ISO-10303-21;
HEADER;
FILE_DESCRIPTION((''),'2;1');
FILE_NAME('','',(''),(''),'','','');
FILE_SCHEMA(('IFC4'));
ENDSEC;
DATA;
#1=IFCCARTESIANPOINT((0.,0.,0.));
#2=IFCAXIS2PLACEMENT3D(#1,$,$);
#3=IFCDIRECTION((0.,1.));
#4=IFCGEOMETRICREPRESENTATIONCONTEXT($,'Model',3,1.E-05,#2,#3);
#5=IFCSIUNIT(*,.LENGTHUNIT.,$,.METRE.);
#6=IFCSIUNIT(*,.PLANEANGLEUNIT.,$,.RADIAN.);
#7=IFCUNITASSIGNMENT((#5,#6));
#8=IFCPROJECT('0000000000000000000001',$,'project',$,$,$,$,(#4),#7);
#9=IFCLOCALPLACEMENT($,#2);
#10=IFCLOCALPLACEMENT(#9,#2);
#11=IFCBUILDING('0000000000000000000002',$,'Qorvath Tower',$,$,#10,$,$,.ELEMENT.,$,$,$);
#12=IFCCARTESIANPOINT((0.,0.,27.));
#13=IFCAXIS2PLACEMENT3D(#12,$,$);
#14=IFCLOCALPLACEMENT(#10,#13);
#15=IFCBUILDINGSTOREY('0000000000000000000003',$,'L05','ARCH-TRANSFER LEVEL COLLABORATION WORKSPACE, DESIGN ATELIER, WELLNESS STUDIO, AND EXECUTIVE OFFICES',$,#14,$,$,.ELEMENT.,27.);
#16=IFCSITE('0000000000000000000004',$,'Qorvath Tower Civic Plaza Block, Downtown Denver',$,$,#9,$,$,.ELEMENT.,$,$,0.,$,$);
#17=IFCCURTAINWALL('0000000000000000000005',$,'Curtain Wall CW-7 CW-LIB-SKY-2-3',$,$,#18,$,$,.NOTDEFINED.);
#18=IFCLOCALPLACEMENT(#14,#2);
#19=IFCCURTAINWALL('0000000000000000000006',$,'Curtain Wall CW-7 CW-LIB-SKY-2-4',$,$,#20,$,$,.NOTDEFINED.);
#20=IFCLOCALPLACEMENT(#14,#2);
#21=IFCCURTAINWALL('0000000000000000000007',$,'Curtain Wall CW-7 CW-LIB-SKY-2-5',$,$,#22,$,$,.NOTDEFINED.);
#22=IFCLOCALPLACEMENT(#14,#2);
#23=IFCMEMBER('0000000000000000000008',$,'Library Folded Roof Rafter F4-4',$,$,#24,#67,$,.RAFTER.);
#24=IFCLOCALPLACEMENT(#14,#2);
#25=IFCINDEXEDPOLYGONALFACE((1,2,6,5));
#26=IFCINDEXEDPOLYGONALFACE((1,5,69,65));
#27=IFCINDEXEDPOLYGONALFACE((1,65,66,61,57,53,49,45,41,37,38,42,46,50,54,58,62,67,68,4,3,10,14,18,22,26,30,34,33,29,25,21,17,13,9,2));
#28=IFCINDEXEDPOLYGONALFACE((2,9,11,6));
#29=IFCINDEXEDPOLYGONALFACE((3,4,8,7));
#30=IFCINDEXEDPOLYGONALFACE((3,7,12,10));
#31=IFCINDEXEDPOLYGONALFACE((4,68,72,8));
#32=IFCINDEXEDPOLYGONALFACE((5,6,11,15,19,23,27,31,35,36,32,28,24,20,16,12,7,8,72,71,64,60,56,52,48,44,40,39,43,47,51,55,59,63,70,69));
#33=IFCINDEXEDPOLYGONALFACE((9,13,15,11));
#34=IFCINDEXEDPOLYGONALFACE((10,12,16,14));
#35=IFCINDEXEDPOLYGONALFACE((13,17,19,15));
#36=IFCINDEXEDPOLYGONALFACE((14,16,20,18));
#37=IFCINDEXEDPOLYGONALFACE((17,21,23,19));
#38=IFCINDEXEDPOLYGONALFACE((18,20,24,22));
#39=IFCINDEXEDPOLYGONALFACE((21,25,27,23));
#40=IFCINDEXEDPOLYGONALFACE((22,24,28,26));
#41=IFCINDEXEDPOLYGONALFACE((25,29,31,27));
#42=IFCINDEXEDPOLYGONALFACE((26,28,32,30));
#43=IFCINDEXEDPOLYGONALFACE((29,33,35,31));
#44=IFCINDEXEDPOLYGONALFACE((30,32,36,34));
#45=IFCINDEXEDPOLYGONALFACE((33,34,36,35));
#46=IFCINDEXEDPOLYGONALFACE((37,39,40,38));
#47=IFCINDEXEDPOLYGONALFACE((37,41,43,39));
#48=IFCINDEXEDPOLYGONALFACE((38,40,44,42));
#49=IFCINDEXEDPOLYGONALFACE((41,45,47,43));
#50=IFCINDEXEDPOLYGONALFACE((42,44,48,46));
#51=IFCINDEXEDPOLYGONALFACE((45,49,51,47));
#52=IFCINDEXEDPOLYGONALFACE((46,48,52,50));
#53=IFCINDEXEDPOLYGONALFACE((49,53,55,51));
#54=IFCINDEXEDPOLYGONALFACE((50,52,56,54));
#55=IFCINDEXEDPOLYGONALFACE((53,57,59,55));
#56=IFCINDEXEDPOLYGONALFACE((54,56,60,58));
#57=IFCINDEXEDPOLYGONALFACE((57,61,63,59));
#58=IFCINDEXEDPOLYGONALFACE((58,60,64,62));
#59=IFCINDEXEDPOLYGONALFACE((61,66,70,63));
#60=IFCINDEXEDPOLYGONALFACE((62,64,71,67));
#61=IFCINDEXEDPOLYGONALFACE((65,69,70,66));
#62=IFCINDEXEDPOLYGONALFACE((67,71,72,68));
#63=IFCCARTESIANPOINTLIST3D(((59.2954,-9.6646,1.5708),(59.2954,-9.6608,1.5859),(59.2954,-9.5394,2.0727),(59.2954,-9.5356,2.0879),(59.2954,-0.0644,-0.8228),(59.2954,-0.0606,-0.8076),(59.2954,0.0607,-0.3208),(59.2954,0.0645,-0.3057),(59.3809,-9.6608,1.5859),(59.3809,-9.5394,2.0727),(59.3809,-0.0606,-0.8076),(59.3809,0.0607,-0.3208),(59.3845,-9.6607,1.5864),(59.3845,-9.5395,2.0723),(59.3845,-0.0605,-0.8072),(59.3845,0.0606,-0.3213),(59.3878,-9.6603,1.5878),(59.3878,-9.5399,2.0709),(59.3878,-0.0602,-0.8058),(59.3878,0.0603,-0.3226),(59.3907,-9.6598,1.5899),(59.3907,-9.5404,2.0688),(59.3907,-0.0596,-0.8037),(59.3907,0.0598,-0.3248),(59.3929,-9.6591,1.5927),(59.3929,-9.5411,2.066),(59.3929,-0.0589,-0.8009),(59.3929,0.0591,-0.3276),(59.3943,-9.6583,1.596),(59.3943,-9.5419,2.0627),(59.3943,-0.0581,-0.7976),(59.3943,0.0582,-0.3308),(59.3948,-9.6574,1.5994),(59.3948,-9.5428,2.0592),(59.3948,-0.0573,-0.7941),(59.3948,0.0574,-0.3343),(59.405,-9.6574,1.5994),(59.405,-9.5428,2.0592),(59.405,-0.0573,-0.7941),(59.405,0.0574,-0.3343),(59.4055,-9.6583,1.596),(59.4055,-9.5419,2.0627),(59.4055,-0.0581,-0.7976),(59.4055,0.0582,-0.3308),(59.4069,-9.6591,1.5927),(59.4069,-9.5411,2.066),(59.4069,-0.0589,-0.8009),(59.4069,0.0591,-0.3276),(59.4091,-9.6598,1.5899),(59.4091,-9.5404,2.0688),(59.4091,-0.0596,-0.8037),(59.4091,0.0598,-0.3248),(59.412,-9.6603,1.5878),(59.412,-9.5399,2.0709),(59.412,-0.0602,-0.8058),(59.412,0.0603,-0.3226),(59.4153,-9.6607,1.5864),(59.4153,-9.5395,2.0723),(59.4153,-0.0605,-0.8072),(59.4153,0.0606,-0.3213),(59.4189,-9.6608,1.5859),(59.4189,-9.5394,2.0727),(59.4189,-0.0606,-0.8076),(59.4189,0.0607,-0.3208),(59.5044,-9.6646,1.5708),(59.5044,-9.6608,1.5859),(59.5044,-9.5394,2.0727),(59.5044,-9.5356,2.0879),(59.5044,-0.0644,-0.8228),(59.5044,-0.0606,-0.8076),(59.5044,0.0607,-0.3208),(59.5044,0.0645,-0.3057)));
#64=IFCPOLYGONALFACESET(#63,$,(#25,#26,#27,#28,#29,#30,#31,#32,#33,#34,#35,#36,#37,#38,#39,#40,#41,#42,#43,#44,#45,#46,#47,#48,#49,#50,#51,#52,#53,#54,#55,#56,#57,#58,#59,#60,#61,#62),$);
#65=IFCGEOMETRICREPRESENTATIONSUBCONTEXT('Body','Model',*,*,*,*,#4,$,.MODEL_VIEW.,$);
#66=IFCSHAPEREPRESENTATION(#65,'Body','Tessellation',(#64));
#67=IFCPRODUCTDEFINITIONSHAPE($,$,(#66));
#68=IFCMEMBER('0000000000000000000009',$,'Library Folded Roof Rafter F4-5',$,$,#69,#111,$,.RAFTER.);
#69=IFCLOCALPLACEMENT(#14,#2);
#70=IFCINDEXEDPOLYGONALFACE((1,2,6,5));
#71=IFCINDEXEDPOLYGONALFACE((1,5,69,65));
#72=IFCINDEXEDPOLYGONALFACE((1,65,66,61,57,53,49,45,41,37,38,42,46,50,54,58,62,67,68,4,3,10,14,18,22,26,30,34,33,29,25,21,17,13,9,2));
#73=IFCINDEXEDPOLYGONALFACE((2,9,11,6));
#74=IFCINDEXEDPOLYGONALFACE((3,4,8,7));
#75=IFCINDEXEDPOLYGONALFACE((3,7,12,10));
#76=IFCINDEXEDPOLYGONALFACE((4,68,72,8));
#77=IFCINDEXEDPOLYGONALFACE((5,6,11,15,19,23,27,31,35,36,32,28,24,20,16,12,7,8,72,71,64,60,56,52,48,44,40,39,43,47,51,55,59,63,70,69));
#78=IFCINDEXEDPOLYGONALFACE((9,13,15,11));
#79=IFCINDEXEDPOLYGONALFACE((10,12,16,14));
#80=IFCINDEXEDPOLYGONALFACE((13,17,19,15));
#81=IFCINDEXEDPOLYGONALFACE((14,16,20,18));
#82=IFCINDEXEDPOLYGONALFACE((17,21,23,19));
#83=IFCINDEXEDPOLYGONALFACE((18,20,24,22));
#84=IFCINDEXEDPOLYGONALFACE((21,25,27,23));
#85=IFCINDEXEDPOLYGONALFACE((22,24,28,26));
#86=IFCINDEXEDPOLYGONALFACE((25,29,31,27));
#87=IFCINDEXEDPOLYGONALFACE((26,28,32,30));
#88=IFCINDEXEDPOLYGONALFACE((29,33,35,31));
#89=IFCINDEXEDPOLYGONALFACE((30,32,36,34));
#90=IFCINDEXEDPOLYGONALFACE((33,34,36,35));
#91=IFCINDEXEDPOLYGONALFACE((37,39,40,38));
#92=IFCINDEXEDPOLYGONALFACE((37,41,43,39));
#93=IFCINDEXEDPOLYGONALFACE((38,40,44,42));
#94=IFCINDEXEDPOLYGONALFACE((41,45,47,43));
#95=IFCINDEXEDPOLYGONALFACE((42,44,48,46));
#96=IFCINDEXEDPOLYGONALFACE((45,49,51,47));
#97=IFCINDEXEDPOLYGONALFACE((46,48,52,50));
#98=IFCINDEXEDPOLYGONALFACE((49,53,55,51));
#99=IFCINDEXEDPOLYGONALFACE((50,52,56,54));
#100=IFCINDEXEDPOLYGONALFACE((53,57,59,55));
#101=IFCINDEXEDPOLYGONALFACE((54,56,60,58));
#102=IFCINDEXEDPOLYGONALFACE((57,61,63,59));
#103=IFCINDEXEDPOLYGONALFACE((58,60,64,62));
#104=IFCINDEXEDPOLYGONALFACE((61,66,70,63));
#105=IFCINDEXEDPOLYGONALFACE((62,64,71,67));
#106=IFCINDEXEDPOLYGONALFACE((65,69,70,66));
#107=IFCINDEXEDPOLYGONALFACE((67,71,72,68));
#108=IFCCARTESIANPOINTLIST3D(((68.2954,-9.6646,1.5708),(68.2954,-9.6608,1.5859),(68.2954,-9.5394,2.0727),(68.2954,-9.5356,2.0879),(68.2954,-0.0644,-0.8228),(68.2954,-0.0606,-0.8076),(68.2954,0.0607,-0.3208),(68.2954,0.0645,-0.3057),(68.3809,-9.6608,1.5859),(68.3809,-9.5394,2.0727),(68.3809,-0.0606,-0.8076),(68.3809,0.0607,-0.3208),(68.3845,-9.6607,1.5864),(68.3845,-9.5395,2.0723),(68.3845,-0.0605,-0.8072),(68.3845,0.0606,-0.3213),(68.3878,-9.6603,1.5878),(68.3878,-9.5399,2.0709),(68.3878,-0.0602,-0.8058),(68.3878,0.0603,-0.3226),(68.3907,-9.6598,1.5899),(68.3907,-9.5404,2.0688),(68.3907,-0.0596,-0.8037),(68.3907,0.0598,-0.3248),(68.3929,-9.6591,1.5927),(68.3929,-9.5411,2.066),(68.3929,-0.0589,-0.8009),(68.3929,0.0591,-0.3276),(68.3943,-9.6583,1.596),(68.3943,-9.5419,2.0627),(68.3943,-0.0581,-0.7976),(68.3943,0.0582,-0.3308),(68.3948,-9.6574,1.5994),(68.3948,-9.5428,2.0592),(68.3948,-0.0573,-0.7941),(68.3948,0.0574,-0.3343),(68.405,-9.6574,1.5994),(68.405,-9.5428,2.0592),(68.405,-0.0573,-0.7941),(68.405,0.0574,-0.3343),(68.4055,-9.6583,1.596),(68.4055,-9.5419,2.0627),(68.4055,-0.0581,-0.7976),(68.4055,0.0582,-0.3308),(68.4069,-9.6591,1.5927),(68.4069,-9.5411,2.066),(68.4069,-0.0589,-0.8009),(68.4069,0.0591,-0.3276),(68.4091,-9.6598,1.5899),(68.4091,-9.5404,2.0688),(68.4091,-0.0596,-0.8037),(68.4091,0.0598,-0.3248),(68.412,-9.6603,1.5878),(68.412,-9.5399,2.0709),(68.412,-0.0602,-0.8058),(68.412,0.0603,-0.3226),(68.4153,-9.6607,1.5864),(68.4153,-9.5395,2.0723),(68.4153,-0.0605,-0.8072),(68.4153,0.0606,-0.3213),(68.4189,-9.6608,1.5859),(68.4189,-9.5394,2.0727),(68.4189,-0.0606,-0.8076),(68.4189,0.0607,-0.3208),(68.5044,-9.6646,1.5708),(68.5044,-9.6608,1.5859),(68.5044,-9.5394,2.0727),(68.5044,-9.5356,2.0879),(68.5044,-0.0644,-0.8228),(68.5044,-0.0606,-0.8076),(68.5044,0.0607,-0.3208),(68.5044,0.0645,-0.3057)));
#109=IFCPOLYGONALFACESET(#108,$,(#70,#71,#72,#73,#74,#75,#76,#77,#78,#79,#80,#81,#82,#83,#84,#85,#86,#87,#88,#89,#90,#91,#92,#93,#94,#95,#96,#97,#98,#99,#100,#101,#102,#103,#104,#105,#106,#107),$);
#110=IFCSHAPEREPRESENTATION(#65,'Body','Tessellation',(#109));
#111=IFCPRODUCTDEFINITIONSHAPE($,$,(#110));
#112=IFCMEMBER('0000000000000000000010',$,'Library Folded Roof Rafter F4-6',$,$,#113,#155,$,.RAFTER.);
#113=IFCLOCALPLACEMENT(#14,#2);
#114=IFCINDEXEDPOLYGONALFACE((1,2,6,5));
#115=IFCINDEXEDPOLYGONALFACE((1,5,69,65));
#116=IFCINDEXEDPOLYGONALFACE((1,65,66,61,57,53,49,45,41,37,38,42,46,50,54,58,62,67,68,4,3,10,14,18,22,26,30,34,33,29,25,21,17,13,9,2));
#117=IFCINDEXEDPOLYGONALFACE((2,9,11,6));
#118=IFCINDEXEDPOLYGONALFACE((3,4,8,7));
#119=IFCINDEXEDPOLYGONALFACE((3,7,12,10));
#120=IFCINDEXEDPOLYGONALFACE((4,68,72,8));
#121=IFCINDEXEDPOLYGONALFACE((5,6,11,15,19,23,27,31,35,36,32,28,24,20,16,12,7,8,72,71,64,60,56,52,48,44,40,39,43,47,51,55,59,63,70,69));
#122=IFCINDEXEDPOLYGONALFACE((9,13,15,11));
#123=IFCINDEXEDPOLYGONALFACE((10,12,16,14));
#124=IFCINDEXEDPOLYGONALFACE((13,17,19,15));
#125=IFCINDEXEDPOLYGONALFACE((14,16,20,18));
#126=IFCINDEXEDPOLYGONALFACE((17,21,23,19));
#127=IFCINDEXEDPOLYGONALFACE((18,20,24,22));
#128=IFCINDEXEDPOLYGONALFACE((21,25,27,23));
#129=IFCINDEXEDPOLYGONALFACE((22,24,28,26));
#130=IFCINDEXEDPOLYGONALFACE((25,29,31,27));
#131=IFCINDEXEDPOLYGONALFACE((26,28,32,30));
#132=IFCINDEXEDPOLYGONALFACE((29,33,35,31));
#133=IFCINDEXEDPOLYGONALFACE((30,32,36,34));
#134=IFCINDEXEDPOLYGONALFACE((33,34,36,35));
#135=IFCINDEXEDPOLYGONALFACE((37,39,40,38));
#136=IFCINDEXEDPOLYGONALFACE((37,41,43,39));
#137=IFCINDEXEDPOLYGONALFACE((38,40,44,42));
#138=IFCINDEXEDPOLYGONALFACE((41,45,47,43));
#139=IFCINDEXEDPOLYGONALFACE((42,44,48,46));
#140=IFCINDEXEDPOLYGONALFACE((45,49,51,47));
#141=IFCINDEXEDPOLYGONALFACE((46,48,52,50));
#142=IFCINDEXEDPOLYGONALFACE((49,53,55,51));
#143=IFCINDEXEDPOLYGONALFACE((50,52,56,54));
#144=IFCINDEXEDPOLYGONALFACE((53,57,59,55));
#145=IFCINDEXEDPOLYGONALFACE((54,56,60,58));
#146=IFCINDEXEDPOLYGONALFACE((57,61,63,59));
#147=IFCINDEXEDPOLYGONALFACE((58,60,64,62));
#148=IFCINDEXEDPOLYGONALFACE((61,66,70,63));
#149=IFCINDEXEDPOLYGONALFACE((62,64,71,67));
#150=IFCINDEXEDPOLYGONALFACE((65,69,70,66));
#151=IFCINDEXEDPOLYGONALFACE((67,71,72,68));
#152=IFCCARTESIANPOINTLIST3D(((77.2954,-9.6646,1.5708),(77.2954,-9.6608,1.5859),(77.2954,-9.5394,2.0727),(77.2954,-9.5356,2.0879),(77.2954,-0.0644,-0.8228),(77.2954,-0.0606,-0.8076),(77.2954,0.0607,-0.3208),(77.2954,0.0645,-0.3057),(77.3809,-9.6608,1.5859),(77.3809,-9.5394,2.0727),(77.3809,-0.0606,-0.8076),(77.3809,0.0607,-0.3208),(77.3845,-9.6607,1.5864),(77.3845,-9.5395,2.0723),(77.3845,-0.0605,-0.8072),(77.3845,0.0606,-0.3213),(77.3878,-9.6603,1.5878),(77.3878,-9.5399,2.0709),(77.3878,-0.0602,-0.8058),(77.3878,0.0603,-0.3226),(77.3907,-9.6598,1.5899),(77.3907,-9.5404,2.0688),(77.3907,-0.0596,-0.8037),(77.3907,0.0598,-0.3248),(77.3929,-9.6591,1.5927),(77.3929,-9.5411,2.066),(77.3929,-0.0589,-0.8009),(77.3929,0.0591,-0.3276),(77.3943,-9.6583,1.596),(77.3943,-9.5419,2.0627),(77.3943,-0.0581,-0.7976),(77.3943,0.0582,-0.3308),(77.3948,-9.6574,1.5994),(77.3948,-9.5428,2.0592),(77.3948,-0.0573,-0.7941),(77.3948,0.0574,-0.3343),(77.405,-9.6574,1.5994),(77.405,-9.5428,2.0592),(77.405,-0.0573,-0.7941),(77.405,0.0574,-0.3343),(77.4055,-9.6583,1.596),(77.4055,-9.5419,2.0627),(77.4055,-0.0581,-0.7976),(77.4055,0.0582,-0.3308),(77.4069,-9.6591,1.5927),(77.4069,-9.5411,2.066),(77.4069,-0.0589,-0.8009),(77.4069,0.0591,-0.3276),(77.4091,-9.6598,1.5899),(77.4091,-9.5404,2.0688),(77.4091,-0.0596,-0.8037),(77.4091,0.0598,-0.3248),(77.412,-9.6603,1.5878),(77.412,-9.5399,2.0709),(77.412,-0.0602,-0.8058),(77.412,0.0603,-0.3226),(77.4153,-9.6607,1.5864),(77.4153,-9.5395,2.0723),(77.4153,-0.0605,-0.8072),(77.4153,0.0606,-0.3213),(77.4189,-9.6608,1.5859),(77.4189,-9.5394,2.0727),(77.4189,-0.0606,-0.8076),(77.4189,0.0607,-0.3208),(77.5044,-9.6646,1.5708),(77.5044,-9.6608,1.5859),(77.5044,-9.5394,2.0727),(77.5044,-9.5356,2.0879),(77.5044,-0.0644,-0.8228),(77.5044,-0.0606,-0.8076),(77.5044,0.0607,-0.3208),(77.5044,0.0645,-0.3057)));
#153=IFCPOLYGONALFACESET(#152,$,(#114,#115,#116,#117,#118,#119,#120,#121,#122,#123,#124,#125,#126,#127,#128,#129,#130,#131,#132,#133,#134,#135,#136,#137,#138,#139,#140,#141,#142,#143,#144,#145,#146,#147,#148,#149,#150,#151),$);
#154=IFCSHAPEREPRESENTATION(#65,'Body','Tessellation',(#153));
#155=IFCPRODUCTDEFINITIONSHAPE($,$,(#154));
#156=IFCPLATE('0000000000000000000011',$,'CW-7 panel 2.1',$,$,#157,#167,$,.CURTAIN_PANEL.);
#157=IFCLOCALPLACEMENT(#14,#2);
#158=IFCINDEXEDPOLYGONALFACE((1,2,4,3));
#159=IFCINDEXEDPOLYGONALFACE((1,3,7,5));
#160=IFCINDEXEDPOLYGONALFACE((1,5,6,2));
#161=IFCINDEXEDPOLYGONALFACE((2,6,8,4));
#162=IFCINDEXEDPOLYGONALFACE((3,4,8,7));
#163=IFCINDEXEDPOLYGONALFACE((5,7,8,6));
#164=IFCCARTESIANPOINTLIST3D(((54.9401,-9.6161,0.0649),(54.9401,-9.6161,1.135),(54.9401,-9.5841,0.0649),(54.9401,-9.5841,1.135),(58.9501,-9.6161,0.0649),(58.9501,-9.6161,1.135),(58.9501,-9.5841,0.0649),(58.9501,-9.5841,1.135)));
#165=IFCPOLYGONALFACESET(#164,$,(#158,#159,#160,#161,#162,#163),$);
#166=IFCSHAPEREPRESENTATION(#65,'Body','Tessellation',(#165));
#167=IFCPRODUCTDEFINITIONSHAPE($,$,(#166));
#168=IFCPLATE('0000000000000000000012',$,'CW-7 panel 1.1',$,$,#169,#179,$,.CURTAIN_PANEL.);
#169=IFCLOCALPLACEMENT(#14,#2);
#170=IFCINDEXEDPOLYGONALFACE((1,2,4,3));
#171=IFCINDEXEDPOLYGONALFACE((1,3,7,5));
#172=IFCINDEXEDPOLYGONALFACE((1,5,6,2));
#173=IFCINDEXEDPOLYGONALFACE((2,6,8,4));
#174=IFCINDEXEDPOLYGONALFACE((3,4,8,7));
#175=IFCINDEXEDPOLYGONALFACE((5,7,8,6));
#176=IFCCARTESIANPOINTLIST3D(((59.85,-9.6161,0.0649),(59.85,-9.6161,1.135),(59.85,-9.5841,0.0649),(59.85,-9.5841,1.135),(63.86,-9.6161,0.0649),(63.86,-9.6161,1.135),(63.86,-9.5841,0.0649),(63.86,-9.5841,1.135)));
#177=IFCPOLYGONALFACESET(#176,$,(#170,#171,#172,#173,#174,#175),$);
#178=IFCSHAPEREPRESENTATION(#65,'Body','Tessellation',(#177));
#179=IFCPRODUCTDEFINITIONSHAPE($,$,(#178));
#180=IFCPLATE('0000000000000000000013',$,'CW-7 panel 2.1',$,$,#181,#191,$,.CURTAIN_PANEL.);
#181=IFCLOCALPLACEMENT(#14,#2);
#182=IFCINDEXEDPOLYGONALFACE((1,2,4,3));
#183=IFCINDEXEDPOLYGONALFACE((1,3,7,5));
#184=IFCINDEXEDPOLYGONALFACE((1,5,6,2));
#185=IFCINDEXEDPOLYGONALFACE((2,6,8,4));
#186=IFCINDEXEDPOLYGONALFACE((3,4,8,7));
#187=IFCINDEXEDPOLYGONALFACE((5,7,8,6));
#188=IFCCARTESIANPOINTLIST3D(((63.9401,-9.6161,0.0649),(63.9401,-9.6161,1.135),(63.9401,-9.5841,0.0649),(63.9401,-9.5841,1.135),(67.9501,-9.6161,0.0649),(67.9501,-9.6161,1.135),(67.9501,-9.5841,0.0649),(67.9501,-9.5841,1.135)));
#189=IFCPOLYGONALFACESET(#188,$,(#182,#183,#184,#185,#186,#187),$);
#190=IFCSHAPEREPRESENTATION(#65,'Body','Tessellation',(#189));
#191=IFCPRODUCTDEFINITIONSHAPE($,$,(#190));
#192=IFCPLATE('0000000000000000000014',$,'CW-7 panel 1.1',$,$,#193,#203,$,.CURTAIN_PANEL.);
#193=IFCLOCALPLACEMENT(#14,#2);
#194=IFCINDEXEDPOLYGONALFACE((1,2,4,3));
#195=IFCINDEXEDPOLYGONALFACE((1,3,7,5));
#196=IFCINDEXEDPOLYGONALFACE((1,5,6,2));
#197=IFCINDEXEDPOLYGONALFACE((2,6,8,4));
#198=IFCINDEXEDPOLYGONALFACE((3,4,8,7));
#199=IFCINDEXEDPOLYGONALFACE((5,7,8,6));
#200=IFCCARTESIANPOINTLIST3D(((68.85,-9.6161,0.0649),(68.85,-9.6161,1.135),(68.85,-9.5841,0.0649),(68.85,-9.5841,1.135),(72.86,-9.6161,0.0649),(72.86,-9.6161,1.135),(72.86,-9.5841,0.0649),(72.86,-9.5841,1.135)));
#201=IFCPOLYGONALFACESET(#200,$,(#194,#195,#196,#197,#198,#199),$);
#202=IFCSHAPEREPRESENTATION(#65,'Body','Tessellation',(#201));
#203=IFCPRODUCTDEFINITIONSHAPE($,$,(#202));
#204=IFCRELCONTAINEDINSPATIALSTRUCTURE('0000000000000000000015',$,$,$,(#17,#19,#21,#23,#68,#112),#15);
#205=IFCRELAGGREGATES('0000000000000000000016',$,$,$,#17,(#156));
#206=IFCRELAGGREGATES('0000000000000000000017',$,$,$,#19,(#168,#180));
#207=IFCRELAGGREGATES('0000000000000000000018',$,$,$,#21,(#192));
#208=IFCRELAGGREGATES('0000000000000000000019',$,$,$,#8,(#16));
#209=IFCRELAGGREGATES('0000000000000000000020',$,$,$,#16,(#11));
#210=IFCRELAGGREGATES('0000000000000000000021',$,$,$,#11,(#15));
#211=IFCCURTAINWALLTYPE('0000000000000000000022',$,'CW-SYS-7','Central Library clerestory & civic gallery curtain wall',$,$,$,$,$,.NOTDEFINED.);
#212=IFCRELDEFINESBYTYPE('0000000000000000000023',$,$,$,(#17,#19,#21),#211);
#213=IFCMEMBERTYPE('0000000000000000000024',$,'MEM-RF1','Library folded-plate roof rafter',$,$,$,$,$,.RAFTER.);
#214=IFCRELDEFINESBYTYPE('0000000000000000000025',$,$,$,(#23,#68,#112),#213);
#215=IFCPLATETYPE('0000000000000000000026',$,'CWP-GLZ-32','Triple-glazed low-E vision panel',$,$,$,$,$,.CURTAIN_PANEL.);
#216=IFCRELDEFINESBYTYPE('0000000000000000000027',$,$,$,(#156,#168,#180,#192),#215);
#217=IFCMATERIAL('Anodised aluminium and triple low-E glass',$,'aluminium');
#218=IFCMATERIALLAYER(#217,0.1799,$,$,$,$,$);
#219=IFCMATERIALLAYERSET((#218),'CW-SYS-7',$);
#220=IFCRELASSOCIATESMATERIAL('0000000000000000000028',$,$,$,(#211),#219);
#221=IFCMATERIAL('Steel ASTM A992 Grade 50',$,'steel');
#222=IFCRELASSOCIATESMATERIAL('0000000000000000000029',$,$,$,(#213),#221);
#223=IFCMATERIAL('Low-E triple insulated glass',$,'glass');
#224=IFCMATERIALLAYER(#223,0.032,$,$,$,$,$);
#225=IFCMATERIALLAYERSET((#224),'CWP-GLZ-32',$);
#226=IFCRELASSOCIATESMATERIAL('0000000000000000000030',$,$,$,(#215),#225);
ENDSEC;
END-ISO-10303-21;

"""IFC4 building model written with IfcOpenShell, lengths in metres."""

from ifc_helpers import new_model, si_unit, direction, frame, origin, origin_2d, place, context, subcontext, project, spatial, rectangle, i_section, extrude, material, layer, layer_set, material_profile, profile_set, type_object, element, aggregate, save


model = new_model("IFC4")

# Units and contexts
model_context = context("Model", 3, precision=1e-05, world=origin(), true_north=direction((0.0, 1.0)))
body_context = subcontext(model_context, "Body", "Model", "MODEL_VIEW")
ifc_project = project(units=[si_unit("LENGTHUNIT", "METRE"), si_unit("PLANEANGLEUNIT", "RADIAN")], contexts=[model_context])

# Site, building, storey
site_placement = place(None, origin())
site = spatial("IfcSite", under=ifc_project, at=site_placement, Name="Qorvath Tower Civic Plaza Block, Downtown Denver", CompositionType="ELEMENT", RefElevation=0.0)
building_placement = place(site_placement, origin())
building = spatial("IfcBuilding", under=site, at=building_placement, Name="Qorvath Tower", CompositionType="ELEMENT")
storey_placement = place(building_placement, frame((0.0, 0.0, 27.0)))
storey = spatial("IfcBuildingStorey", under=building, at=storey_placement, Name="L05", Description="ARCH-TRANSFER LEVEL COLLABORATION WORKSPACE, DESIGN ATELIER, WELLNESS STUDIO, AND EXECUTIVE OFFICES", CompositionType="ELEMENT", Elevation=27.0)

# Curtain wall
ifc_material_1 = material(Name="Anodised aluminium and triple low-E glass", Category="aluminium")
ifc_layer_1 = layer(ifc_material_1, 0.1799)
ifc_layer_set_1 = layer_set([ifc_layer_1], Name="CW-SYS-7")
curtain_wall_type = type_object("IfcCurtainWallType", Name="CW-SYS-7", Description="Central Library clerestory & civic gallery curtain wall", PredefinedType="NOTDEFINED", material=ifc_layer_set_1)
curtain_wall_1_placement = place(storey_placement, origin())
curtain_wall_1 = element("IfcCurtainWall", 1, at=curtain_wall_1_placement, inside=storey, type_object=curtain_wall_type, Name="Curtain Wall CW-7 CW-LIB-SKY-2-3", PredefinedType="NOTDEFINED")

# Curtain walls
curtain_wall_2_placement = place(storey_placement, origin())
curtain_wall_2 = element("IfcCurtainWall", 2, at=curtain_wall_2_placement, inside=storey, type_object=curtain_wall_type, Name="Curtain Wall CW-7 CW-LIB-SKY-2-4", PredefinedType="NOTDEFINED")
curtain_wall_3_placement = place(storey_placement, origin())
curtain_wall_3 = element("IfcCurtainWall", 3, at=curtain_wall_3_placement, inside=storey, type_object=curtain_wall_type, Name="Curtain Wall CW-7 CW-LIB-SKY-2-5", PredefinedType="NOTDEFINED")

# Members
ifc_material_2 = material(Name="Steel ASTM A992 Grade 50", Category="steel")
ifc_material_profile_1 = material_profile(ifc_material_2, i_section(OverallWidth=0.209, OverallDepth=0.533, WebThickness=0.0103, FlangeThickness=0.0156, FilletRadius=0.0139, at=origin_2d()), Name="W21x62")
ifc_profile_set_1 = profile_set([ifc_material_profile_1], Name="Steel ASTM A992 Grade 50")
member_type_1 = type_object("IfcMemberType", Name="MEM-RF1", Description="Library folded-plate roof rafter", PredefinedType="RAFTER", material=ifc_profile_set_1)
for number, where, z_axis, x_axis, name in (
    (4, (59.3999, -9.6001, 1.8293), (0.0, 0.970296, -0.24192), (-1.0, 0.0, 0.0), "Library Folded Roof Rafter F4-4"),
    (5, (68.3999, -9.6001, 1.8293), (0.0, 0.970296, -0.24192), (-1.0, 0.0, 0.0), "Library Folded Roof Rafter F4-5"),
    (6, (77.3999, -9.6001, 1.8293), (0.0, 0.970296, -0.24192), (-1.0, 0.0, 0.0), "Library Folded Roof Rafter F4-6"),
):
    element("IfcMember", number, at=place(storey_placement, frame(where, z_axis=z_axis, x_axis=x_axis)), inside=storey, type_object=member_type_1, Name=name, PredefinedType="RAFTER", context=body_context, shape_type="SweptSolid", body=[
        extrude(i_section(OverallWidth=0.209, OverallDepth=0.533, WebThickness=0.0103, FlangeThickness=0.0156, FilletRadius=0.0139, at=origin_2d()), origin(), (0.0, 0.0, 1.0), 9.894),
    ])

# Plates
ifc_material_3 = material(Name="Low-E triple insulated glass", Category="glass")
ifc_layer_2 = layer(ifc_material_3, 0.032)
ifc_layer_set_2 = layer_set([ifc_layer_2], Name="CWP-GLZ-32")
plate_type = type_object("IfcPlateType", Name="CWP-GLZ-32", Description="Triple-glazed low-E vision panel", PredefinedType="CURTAIN_PANEL", material=ifc_layer_set_2)
plate_1_placement = place(storey_placement, frame((56.9451, -9.6001, 0.0649), z_axis=(0.0, 0.0, 1.0), x_axis=(1.0, 0.0, 0.0)))
plate_1 = element("IfcPlate", 7, at=plate_1_placement, type_object=plate_type, Name="CW-7 panel 2.1", PredefinedType="CURTAIN_PANEL", context=body_context, shape_type="SweptSolid", body=[
    extrude(rectangle(XDim=4.01, YDim=0.032, at=origin_2d()), origin(), (0.0, 0.0, 1.0), 1.0701),
])
aggregate(curtain_wall_1, [plate_1])
plate_2_placement = place(storey_placement, frame((61.855, -9.6001, 0.0649), z_axis=(0.0, 0.0, 1.0), x_axis=(1.0, 0.0, 0.0)))
plate_2 = element("IfcPlate", 8, at=plate_2_placement, type_object=plate_type, Name="CW-7 panel 1.1", PredefinedType="CURTAIN_PANEL", context=body_context, shape_type="SweptSolid", body=[
    extrude(rectangle(XDim=4.01, YDim=0.032, at=origin_2d()), origin(), (0.0, 0.0, 1.0), 1.0701),
])
plate_3_placement = place(storey_placement, frame((65.9451, -9.6001, 0.0649), z_axis=(0.0, 0.0, 1.0), x_axis=(1.0, 0.0, 0.0)))
plate_3 = element("IfcPlate", 9, at=plate_3_placement, type_object=plate_type, Name="CW-7 panel 2.1", PredefinedType="CURTAIN_PANEL", context=body_context, shape_type="SweptSolid", body=[
    extrude(rectangle(XDim=4.01, YDim=0.032, at=origin_2d()), origin(), (0.0, 0.0, 1.0), 1.0701),
])
aggregate(curtain_wall_2, [plate_2, plate_3])
plate_4_placement = place(storey_placement, frame((70.855, -9.6001, 0.0649), z_axis=(0.0, 0.0, 1.0), x_axis=(1.0, 0.0, 0.0)))
plate_4 = element("IfcPlate", 10, at=plate_4_placement, type_object=plate_type, Name="CW-7 panel 1.1", PredefinedType="CURTAIN_PANEL", context=body_context, shape_type="SweptSolid", body=[
    extrude(rectangle(XDim=4.01, YDim=0.032, at=origin_2d()), origin(), (0.0, 0.0, 1.0), 1.0701),
])
aggregate(curtain_wall_3, [plate_4])

save(model, "model.ifc")
